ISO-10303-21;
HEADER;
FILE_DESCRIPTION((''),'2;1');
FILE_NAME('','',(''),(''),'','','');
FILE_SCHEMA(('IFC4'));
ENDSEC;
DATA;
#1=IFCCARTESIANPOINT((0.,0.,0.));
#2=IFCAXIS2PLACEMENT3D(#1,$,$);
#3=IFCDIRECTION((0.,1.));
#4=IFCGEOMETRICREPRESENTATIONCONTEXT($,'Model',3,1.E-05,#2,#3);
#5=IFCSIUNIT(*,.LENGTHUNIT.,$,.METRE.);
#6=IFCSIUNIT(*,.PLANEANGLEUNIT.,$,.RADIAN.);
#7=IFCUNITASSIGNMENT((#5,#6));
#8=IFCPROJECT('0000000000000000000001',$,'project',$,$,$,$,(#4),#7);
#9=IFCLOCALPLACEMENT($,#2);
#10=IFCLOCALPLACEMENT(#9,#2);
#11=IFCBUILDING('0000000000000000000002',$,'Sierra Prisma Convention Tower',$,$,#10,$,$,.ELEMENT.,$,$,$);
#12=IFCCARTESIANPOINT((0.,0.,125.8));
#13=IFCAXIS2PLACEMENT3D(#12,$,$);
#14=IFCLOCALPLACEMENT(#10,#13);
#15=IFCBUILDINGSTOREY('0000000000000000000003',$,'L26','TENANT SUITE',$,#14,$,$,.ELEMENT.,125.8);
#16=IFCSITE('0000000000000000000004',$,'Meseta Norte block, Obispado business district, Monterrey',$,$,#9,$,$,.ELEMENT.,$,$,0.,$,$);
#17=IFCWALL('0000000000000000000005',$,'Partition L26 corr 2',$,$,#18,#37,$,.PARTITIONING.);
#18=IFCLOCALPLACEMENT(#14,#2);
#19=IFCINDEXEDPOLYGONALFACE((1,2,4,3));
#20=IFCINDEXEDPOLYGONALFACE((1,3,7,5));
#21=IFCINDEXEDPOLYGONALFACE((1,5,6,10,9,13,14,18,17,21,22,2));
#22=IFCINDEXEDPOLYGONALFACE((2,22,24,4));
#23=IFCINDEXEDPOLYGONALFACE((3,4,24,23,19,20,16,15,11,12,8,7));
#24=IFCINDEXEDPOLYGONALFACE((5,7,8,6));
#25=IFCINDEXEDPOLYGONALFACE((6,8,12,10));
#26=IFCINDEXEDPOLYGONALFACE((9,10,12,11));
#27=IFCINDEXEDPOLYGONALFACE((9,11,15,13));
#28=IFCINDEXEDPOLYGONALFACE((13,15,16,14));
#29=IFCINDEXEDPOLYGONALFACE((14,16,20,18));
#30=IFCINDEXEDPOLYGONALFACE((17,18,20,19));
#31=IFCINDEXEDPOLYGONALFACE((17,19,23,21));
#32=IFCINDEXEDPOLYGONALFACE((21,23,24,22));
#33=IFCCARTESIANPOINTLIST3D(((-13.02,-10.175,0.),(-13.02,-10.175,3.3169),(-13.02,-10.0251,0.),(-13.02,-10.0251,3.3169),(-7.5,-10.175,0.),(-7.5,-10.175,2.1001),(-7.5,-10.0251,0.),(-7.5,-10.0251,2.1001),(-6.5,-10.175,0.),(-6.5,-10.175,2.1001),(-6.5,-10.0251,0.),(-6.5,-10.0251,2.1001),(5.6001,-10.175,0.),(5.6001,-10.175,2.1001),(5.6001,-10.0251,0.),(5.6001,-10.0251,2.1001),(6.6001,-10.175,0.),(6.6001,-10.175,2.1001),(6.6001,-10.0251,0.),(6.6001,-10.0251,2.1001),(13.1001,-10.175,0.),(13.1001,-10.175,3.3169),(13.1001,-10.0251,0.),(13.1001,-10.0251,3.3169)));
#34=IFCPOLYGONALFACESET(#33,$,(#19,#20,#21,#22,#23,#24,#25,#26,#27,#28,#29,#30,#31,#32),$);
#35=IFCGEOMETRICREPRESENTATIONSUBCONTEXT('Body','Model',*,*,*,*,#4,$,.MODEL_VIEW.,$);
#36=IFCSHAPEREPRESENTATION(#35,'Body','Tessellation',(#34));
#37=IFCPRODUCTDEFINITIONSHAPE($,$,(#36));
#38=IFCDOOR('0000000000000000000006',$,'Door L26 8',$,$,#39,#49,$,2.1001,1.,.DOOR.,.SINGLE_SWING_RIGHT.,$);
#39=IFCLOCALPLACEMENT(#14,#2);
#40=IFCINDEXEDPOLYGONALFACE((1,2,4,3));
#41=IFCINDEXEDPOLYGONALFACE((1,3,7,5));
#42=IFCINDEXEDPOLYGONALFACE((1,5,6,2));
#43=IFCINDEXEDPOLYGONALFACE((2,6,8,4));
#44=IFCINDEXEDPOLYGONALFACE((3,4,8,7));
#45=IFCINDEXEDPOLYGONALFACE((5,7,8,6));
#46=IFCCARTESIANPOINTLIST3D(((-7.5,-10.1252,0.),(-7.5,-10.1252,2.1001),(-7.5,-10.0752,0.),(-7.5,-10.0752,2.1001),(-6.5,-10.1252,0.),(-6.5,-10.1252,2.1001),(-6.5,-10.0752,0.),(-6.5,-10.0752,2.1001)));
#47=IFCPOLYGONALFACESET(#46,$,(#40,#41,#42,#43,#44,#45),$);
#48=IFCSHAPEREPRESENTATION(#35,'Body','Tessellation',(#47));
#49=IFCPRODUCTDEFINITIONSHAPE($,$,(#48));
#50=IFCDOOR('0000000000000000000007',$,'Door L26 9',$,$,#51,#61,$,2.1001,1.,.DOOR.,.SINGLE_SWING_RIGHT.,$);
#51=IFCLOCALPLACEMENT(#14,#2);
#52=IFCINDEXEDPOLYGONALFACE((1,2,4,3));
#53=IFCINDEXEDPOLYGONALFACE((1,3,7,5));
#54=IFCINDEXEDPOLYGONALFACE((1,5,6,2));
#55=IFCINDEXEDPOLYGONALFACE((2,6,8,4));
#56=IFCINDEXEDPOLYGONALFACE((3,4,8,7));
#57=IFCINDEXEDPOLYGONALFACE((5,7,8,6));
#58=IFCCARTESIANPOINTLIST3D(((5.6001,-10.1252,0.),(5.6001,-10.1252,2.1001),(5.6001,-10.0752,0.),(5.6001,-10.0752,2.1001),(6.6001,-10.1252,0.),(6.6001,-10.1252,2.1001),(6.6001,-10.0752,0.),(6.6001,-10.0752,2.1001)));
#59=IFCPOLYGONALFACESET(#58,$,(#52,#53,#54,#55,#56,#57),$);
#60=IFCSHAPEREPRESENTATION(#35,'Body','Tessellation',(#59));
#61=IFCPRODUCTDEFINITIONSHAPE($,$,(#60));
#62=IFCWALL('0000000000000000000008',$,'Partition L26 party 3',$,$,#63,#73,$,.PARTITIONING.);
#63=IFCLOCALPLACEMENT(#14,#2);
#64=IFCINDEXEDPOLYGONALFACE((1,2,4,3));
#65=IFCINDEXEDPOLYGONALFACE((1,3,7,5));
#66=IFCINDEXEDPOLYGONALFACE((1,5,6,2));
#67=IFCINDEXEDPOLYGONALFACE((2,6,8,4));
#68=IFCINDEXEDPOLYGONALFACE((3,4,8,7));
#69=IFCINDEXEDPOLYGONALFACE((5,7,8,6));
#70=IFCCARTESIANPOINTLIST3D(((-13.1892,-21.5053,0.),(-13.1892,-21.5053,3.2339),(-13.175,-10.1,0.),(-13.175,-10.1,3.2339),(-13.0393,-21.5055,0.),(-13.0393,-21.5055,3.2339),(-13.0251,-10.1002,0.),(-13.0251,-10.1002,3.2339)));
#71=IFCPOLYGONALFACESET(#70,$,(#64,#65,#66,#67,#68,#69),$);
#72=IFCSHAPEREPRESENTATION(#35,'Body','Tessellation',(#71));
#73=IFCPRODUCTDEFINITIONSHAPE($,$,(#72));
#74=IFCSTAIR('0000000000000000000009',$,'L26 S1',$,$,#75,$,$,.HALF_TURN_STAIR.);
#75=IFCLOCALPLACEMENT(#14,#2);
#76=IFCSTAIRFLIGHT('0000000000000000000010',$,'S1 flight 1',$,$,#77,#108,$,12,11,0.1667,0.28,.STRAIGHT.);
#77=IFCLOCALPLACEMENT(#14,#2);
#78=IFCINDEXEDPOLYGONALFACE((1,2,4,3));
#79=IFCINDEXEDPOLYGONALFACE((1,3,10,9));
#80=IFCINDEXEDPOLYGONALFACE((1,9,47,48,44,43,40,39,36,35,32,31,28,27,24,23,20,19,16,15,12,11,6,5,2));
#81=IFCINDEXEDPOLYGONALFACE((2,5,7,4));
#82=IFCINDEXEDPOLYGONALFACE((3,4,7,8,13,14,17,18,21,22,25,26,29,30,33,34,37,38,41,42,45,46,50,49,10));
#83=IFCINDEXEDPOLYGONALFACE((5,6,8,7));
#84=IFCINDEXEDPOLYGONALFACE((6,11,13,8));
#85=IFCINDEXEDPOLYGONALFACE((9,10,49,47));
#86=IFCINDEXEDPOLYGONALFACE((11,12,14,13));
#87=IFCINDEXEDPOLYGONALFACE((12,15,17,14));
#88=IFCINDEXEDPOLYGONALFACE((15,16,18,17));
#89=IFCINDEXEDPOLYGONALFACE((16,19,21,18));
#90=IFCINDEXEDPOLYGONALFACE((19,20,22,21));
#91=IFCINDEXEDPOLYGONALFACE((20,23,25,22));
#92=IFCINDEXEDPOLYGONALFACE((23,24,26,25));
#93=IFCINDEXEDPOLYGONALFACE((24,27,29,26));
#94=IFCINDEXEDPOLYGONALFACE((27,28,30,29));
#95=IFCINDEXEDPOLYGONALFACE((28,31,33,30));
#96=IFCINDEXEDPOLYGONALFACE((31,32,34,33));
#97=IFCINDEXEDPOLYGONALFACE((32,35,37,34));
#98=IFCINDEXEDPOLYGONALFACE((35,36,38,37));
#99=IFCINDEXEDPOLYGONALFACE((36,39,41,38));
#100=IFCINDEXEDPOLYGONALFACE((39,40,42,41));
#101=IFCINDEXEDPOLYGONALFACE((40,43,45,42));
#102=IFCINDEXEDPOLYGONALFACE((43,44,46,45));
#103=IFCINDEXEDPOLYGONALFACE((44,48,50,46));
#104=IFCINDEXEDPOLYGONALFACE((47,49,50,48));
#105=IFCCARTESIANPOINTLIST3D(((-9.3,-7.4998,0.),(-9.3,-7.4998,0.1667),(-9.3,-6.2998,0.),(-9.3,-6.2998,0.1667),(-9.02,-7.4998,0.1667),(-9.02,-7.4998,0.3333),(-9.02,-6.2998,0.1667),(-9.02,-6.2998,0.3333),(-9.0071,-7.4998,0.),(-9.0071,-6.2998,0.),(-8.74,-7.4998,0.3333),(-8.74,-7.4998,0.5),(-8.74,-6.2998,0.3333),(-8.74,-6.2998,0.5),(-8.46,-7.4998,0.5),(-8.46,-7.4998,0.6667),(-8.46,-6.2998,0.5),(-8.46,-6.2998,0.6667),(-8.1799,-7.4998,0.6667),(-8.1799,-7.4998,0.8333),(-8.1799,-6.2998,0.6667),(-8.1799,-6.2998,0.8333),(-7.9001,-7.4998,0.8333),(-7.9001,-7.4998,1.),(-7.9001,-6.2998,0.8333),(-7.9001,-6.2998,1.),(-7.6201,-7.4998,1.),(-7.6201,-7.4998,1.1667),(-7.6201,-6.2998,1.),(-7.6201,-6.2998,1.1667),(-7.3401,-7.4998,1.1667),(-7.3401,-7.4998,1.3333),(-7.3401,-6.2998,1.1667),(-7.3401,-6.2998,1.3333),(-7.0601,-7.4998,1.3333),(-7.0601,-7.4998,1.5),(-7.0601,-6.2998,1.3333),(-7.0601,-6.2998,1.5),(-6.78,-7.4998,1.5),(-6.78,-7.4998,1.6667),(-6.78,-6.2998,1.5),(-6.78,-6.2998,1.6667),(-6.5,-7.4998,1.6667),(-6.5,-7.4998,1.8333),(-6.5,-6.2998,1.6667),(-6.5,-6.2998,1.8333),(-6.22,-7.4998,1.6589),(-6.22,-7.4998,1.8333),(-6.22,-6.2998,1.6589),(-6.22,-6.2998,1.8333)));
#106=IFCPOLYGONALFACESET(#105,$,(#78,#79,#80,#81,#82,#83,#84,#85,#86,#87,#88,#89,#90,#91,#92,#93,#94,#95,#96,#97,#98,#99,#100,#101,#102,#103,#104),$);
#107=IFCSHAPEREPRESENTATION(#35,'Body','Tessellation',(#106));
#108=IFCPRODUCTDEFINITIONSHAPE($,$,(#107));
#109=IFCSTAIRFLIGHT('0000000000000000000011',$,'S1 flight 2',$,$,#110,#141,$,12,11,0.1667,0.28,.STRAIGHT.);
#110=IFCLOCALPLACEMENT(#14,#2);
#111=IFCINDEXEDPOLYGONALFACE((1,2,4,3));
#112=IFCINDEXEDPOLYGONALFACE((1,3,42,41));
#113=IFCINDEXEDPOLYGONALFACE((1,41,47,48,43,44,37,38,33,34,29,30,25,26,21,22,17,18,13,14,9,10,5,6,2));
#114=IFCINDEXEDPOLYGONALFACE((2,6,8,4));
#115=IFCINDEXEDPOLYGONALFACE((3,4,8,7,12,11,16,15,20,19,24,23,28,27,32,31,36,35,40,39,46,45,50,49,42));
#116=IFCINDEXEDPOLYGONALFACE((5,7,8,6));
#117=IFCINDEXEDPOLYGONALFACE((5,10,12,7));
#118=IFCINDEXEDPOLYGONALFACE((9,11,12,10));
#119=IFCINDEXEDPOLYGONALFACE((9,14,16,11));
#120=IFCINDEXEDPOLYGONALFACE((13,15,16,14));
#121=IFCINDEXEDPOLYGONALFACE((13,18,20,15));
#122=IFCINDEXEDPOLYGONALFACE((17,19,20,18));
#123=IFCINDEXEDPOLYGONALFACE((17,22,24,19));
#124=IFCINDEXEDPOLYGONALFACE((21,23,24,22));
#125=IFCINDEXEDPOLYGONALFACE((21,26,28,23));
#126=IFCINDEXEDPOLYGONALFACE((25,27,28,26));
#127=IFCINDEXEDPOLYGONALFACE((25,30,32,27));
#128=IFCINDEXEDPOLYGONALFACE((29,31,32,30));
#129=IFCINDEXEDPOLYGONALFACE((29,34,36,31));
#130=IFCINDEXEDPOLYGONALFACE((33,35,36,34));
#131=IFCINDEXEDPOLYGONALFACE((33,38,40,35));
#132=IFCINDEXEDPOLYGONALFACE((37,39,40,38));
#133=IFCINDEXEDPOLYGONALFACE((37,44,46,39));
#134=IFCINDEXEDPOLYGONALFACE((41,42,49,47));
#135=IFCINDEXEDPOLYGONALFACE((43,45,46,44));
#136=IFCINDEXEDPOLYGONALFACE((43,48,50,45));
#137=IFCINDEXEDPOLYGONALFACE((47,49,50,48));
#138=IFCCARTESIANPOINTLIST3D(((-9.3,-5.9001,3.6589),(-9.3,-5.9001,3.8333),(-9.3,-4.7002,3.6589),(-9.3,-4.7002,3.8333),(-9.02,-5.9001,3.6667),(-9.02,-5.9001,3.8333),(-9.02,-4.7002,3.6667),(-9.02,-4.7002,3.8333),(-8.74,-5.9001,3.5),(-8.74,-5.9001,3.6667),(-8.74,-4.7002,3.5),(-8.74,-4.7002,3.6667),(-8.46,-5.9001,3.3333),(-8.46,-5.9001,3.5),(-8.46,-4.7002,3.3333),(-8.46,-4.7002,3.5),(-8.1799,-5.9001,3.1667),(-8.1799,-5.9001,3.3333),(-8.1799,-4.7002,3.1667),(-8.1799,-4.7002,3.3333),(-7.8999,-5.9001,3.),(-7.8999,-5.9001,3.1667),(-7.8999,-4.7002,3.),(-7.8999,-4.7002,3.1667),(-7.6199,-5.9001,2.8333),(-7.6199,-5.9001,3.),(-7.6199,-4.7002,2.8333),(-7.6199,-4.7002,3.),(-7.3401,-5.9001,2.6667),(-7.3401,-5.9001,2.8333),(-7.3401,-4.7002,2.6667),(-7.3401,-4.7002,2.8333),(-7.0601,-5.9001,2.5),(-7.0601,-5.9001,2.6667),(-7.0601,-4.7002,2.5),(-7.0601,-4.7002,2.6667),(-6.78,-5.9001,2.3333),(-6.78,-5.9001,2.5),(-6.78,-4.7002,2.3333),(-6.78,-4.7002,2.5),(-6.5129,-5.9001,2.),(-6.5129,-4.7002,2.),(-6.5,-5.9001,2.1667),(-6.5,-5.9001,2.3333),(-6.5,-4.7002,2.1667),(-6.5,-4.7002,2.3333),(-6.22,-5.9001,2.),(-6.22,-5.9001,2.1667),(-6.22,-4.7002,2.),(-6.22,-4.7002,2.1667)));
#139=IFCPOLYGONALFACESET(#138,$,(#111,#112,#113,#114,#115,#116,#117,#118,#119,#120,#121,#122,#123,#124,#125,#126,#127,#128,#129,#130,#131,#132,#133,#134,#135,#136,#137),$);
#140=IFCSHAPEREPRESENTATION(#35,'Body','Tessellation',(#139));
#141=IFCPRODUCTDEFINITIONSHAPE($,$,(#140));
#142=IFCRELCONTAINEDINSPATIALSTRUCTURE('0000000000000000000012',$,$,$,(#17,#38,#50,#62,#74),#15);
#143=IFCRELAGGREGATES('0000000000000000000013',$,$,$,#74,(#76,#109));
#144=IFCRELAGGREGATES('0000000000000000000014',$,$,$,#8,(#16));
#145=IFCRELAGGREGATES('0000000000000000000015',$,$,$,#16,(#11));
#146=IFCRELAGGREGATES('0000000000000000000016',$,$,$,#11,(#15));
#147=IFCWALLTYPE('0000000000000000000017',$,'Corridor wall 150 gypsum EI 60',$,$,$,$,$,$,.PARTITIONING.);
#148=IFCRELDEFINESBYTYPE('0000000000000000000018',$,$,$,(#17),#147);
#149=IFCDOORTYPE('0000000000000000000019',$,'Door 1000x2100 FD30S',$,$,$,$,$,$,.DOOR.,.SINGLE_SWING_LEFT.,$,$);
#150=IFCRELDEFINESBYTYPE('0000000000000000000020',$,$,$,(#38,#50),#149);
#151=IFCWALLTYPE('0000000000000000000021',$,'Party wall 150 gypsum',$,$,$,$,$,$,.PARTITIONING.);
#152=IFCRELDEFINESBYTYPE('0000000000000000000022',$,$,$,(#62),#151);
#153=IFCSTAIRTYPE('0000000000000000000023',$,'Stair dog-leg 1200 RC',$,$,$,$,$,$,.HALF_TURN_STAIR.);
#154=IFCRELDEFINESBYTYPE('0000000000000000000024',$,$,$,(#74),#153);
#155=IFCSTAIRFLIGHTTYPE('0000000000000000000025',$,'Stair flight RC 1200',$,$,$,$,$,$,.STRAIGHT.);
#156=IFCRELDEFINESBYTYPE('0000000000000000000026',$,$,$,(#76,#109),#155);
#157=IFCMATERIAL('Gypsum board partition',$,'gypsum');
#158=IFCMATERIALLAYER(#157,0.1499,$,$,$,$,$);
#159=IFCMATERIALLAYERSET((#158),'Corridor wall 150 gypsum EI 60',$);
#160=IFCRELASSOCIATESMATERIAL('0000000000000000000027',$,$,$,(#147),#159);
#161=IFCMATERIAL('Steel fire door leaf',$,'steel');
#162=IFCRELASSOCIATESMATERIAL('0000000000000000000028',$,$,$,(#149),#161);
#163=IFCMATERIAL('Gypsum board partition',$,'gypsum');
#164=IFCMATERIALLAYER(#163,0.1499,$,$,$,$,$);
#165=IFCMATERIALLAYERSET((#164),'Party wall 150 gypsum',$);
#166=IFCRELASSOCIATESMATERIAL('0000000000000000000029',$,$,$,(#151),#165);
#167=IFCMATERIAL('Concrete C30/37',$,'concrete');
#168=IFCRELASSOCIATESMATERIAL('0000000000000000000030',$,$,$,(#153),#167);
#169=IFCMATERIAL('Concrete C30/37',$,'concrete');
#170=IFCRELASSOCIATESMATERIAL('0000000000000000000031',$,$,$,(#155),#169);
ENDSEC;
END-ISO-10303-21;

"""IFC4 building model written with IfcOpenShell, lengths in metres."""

from ifc_helpers import new_model, si_unit, direction, frame, frame_2d, origin, place, context, subcontext, project, spatial, polyline, rectangle, outline, extrude, material, layer, layer_set, type_object, element, fill, aggregate, save


model = new_model("IFC4")

# Units and contexts
model_context = context("Model", 3, precision=1e-05, world=origin(), true_north=direction((0.0, 1.0)))
body_context = subcontext(model_context, "Body", "Model", "MODEL_VIEW")
ifc_project = project(units=[si_unit("LENGTHUNIT", "METRE"), si_unit("PLANEANGLEUNIT", "RADIAN")], contexts=[model_context])

# Site, building, storey
site_placement = place(None, origin())
site = spatial("IfcSite", under=ifc_project, at=site_placement, Name="Meseta Norte block, Obispado business district, Monterrey", CompositionType="ELEMENT", RefElevation=0.0)
building_placement = place(site_placement, origin())
building = spatial("IfcBuilding", under=site, at=building_placement, Name="Sierra Prisma Convention Tower", CompositionType="ELEMENT")
storey_placement = place(building_placement, frame((0.0, 0.0, 125.8)))
storey = spatial("IfcBuildingStorey", under=building, at=storey_placement, Name="L26", Description="TENANT SUITE", CompositionType="ELEMENT", Elevation=125.8)

# Wall, openings, doors
ifc_material_1 = material(Name="Gypsum board partition", Category="gypsum")
ifc_layer_1 = layer(ifc_material_1, 0.1499)
ifc_layer_set_1 = layer_set([ifc_layer_1], Name="Corridor wall 150 gypsum EI 60")
wall_type_1 = type_object("IfcWallType", Name="Corridor wall 150 gypsum EI 60", PredefinedType="PARTITIONING", material=ifc_layer_set_1)
wall_1_placement = place(storey_placement, frame((-13.02, -10.1001, 0.0), z_axis=(0.0, 0.0, 1.0), x_axis=(1.0, 0.0, 0.0)))
wall_1 = element("IfcWall", 1, at=wall_1_placement, inside=storey, type_object=wall_type_1, Name="Partition L26 corr 2", PredefinedType="PARTITIONING", context=body_context, shape_type="SweptSolid", body=[
    extrude(rectangle(XDim=26.1201, YDim=0.1499, at=frame_2d((13.0601, 0.0))), origin(), (0.0, 0.0, 1.0), 3.3169),
])
opening_1_placement = place(wall_1_placement, frame((5.52, 0.0, 0.0)))
opening_1 = element("IfcOpeningElement", 2, at=opening_1_placement, cuts=wall_1, PredefinedType="OPENING", context=body_context, shape_type="SweptSolid", body=[
    extrude(rectangle(XDim=1.0, YDim=2.1001, at=frame_2d((0.5, 1.05))), frame((0.0, 0.075, 0.0), z_axis=(0.0, -1.0, 0.0), x_axis=(1.0, 0.0, 0.0)), (0.0, 0.0, 1.0), 0.1499),
])
opening_2_placement = place(wall_1_placement, frame((18.6201, 0.0, 0.0)))
opening_2 = element("IfcOpeningElement", 3, at=opening_2_placement, cuts=wall_1, PredefinedType="OPENING", context=body_context, shape_type="SweptSolid", body=[
    extrude(rectangle(XDim=1.0, YDim=2.1001, at=frame_2d((0.5, 1.05))), frame((0.0, 0.075, 0.0), z_axis=(0.0, -1.0, 0.0), x_axis=(1.0, 0.0, 0.0)), (0.0, 0.0, 1.0), 0.1499),
])
ifc_material_2 = material(Name="Steel fire door leaf", Category="steel")
door_type_1 = type_object("IfcDoorType", Name="Door 1000x2100 FD30S", OperationType="SINGLE_SWING_LEFT", PredefinedType="DOOR", material=ifc_material_2)
door_1_placement = place(opening_1_placement, origin())
door_1 = element("IfcDoor", 4, at=door_1_placement, inside=storey, type_object=door_type_1, Name="Door L26 8", OperationType="SINGLE_SWING_RIGHT", OverallHeight=2.1001, OverallWidth=1.0, PredefinedType="DOOR", context=body_context, shape_type="SweptSolid", body=[
    extrude(rectangle(XDim=1.0, YDim=2.1001, at=frame_2d((0.5, 1.05))), frame((0.0, 0.0249, 0.0), z_axis=(0.0, -1.0, 0.0), x_axis=(1.0, 0.0, 0.0)), (0.0, 0.0, 1.0), 0.05),
])
fill(opening_1, door_1)
door_2_placement = place(opening_2_placement, origin())
door_2 = element("IfcDoor", 5, at=door_2_placement, inside=storey, type_object=door_type_1, Name="Door L26 9", OperationType="SINGLE_SWING_RIGHT", OverallHeight=2.1001, OverallWidth=1.0, PredefinedType="DOOR", context=body_context, shape_type="SweptSolid", body=[
    extrude(rectangle(XDim=1.0, YDim=2.1001, at=frame_2d((0.5, 1.05))), frame((0.0, 0.0249, 0.0), z_axis=(0.0, -1.0, 0.0), x_axis=(1.0, 0.0, 0.0)), (0.0, 0.0, 1.0), 0.05),
])
fill(opening_2, door_2)

# Wall
ifc_material_3 = material(Name="Gypsum board partition", Category="gypsum")
ifc_layer_2 = layer(ifc_material_3, 0.1499)
ifc_layer_set_2 = layer_set([ifc_layer_2], Name="Party wall 150 gypsum")
wall_type_2 = type_object("IfcWallType", Name="Party wall 150 gypsum", PredefinedType="PARTITIONING", material=ifc_layer_set_2)
wall_2_placement = place(storey_placement, frame((-13.1001, -10.1001, 0.0), z_axis=(0.0, 0.0, 1.0), x_axis=(-0.001242, -0.999999, 0.0)))
element("IfcWall", 6, at=wall_2_placement, inside=storey, type_object=wall_type_2, Name="Partition L26 party 3", PredefinedType="PARTITIONING", context=body_context, shape_type="SweptSolid", body=[
    extrude(rectangle(XDim=11.4053, YDim=0.1499, at=frame_2d((5.7026, 0.0))), origin(), (0.0, 0.0, 1.0), 3.2339),
])

# Stair, stair flights
ifc_material_4 = material(Name="Concrete C30/37", Category="concrete")
stair_type = type_object("IfcStairType", Name="Stair dog-leg 1200 RC", PredefinedType="HALF_TURN_STAIR", material=ifc_material_4)
stair_placement = place(storey_placement, origin())
stair = element("IfcStair", 7, at=stair_placement, inside=storey, type_object=stair_type, Name="L26 S1", PredefinedType="HALF_TURN_STAIR")
ifc_material_5 = material(Name="Concrete C30/37", Category="concrete")
stair_flight_type = type_object("IfcStairFlightType", Name="Stair flight RC 1200", PredefinedType="STRAIGHT", material=ifc_material_5)
stair_flight_1_placement = place(storey_placement, frame((-9.3, -6.8999, 0.0), z_axis=(0.0, 0.0, 1.0), x_axis=(1.0, 0.0, 0.0)))
stair_flight_1 = element("IfcStairFlight", 8, at=stair_flight_1_placement, type_object=stair_flight_type, Name="S1 flight 1", NumberOfRisers=12, NumberOfTreads=11, PredefinedType="STRAIGHT", RiserHeight=0.1667, TreadLength=0.28, context=body_context, shape_type="SweptSolid", body=[
    extrude(outline(polyline([(0.0, 0.0), (0.0, 0.1667), (0.28, 0.1667), (0.28, 0.3333), (0.5601, 0.3333), (0.5601, 0.5), (0.8401, 0.5), (0.8401, 0.6667), (1.1201, 0.6667), (1.1201, 0.8333), (1.3999, 0.8333), (1.3999, 1.0), (1.6799, 1.0), (1.6799, 1.1667), (1.96, 1.1667), (1.96, 1.3333), (2.24, 1.3333), (2.24, 1.5), (2.52, 1.5), (2.52, 1.6667), (2.8, 1.6667), (2.8, 1.8333), (3.0801, 1.8333), (3.0801, 2.0), (3.0801, 1.6589), (0.293, 0.0), (0.0, 0.0)])), frame((0.0, 0.6001, 0.0), z_axis=(0.0, -1.0, 0.0), x_axis=(1.0, 0.0, 0.0)), (0.0, 0.0, 1.0), 1.2),
])
stair_flight_2_placement = place(storey_placement, frame((-6.22, -5.3, 2.0), z_axis=(0.0, 0.0, 1.0), x_axis=(-1.0, 0.0, 0.0)))
stair_flight_2 = element("IfcStairFlight", 9, at=stair_flight_2_placement, type_object=stair_flight_type, Name="S1 flight 2", NumberOfRisers=12, NumberOfTreads=11, PredefinedType="STRAIGHT", RiserHeight=0.1667, TreadLength=0.28, context=body_context, shape_type="SweptSolid", body=[
    extrude(outline(polyline([(0.0, 0.0), (0.0, 0.1667), (0.28, 0.1667), (0.28, 0.3333), (0.5601, 0.3333), (0.5601, 0.5), (0.8401, 0.5), (0.8401, 0.6667), (1.1201, 0.6667), (1.1201, 0.8333), (1.3999, 0.8333), (1.3999, 1.0), (1.6799, 1.0), (1.6799, 1.1667), (1.96, 1.1667), (1.96, 1.3333), (2.24, 1.3333), (2.24, 1.5), (2.52, 1.5), (2.52, 1.6667), (2.8, 1.6667), (2.8, 1.8333), (3.0801, 1.8333), (3.0801, 2.0), (3.0801, 1.6589), (0.293, 0.0), (0.0, 0.0)])), frame((0.0, 0.6001, 0.0), z_axis=(0.0, -1.0, 0.0), x_axis=(1.0, 0.0, 0.0)), (0.0, 0.0, 1.0), 1.2),
])
aggregate(stair, [stair_flight_1, stair_flight_2])

save(model, "model.ifc")
